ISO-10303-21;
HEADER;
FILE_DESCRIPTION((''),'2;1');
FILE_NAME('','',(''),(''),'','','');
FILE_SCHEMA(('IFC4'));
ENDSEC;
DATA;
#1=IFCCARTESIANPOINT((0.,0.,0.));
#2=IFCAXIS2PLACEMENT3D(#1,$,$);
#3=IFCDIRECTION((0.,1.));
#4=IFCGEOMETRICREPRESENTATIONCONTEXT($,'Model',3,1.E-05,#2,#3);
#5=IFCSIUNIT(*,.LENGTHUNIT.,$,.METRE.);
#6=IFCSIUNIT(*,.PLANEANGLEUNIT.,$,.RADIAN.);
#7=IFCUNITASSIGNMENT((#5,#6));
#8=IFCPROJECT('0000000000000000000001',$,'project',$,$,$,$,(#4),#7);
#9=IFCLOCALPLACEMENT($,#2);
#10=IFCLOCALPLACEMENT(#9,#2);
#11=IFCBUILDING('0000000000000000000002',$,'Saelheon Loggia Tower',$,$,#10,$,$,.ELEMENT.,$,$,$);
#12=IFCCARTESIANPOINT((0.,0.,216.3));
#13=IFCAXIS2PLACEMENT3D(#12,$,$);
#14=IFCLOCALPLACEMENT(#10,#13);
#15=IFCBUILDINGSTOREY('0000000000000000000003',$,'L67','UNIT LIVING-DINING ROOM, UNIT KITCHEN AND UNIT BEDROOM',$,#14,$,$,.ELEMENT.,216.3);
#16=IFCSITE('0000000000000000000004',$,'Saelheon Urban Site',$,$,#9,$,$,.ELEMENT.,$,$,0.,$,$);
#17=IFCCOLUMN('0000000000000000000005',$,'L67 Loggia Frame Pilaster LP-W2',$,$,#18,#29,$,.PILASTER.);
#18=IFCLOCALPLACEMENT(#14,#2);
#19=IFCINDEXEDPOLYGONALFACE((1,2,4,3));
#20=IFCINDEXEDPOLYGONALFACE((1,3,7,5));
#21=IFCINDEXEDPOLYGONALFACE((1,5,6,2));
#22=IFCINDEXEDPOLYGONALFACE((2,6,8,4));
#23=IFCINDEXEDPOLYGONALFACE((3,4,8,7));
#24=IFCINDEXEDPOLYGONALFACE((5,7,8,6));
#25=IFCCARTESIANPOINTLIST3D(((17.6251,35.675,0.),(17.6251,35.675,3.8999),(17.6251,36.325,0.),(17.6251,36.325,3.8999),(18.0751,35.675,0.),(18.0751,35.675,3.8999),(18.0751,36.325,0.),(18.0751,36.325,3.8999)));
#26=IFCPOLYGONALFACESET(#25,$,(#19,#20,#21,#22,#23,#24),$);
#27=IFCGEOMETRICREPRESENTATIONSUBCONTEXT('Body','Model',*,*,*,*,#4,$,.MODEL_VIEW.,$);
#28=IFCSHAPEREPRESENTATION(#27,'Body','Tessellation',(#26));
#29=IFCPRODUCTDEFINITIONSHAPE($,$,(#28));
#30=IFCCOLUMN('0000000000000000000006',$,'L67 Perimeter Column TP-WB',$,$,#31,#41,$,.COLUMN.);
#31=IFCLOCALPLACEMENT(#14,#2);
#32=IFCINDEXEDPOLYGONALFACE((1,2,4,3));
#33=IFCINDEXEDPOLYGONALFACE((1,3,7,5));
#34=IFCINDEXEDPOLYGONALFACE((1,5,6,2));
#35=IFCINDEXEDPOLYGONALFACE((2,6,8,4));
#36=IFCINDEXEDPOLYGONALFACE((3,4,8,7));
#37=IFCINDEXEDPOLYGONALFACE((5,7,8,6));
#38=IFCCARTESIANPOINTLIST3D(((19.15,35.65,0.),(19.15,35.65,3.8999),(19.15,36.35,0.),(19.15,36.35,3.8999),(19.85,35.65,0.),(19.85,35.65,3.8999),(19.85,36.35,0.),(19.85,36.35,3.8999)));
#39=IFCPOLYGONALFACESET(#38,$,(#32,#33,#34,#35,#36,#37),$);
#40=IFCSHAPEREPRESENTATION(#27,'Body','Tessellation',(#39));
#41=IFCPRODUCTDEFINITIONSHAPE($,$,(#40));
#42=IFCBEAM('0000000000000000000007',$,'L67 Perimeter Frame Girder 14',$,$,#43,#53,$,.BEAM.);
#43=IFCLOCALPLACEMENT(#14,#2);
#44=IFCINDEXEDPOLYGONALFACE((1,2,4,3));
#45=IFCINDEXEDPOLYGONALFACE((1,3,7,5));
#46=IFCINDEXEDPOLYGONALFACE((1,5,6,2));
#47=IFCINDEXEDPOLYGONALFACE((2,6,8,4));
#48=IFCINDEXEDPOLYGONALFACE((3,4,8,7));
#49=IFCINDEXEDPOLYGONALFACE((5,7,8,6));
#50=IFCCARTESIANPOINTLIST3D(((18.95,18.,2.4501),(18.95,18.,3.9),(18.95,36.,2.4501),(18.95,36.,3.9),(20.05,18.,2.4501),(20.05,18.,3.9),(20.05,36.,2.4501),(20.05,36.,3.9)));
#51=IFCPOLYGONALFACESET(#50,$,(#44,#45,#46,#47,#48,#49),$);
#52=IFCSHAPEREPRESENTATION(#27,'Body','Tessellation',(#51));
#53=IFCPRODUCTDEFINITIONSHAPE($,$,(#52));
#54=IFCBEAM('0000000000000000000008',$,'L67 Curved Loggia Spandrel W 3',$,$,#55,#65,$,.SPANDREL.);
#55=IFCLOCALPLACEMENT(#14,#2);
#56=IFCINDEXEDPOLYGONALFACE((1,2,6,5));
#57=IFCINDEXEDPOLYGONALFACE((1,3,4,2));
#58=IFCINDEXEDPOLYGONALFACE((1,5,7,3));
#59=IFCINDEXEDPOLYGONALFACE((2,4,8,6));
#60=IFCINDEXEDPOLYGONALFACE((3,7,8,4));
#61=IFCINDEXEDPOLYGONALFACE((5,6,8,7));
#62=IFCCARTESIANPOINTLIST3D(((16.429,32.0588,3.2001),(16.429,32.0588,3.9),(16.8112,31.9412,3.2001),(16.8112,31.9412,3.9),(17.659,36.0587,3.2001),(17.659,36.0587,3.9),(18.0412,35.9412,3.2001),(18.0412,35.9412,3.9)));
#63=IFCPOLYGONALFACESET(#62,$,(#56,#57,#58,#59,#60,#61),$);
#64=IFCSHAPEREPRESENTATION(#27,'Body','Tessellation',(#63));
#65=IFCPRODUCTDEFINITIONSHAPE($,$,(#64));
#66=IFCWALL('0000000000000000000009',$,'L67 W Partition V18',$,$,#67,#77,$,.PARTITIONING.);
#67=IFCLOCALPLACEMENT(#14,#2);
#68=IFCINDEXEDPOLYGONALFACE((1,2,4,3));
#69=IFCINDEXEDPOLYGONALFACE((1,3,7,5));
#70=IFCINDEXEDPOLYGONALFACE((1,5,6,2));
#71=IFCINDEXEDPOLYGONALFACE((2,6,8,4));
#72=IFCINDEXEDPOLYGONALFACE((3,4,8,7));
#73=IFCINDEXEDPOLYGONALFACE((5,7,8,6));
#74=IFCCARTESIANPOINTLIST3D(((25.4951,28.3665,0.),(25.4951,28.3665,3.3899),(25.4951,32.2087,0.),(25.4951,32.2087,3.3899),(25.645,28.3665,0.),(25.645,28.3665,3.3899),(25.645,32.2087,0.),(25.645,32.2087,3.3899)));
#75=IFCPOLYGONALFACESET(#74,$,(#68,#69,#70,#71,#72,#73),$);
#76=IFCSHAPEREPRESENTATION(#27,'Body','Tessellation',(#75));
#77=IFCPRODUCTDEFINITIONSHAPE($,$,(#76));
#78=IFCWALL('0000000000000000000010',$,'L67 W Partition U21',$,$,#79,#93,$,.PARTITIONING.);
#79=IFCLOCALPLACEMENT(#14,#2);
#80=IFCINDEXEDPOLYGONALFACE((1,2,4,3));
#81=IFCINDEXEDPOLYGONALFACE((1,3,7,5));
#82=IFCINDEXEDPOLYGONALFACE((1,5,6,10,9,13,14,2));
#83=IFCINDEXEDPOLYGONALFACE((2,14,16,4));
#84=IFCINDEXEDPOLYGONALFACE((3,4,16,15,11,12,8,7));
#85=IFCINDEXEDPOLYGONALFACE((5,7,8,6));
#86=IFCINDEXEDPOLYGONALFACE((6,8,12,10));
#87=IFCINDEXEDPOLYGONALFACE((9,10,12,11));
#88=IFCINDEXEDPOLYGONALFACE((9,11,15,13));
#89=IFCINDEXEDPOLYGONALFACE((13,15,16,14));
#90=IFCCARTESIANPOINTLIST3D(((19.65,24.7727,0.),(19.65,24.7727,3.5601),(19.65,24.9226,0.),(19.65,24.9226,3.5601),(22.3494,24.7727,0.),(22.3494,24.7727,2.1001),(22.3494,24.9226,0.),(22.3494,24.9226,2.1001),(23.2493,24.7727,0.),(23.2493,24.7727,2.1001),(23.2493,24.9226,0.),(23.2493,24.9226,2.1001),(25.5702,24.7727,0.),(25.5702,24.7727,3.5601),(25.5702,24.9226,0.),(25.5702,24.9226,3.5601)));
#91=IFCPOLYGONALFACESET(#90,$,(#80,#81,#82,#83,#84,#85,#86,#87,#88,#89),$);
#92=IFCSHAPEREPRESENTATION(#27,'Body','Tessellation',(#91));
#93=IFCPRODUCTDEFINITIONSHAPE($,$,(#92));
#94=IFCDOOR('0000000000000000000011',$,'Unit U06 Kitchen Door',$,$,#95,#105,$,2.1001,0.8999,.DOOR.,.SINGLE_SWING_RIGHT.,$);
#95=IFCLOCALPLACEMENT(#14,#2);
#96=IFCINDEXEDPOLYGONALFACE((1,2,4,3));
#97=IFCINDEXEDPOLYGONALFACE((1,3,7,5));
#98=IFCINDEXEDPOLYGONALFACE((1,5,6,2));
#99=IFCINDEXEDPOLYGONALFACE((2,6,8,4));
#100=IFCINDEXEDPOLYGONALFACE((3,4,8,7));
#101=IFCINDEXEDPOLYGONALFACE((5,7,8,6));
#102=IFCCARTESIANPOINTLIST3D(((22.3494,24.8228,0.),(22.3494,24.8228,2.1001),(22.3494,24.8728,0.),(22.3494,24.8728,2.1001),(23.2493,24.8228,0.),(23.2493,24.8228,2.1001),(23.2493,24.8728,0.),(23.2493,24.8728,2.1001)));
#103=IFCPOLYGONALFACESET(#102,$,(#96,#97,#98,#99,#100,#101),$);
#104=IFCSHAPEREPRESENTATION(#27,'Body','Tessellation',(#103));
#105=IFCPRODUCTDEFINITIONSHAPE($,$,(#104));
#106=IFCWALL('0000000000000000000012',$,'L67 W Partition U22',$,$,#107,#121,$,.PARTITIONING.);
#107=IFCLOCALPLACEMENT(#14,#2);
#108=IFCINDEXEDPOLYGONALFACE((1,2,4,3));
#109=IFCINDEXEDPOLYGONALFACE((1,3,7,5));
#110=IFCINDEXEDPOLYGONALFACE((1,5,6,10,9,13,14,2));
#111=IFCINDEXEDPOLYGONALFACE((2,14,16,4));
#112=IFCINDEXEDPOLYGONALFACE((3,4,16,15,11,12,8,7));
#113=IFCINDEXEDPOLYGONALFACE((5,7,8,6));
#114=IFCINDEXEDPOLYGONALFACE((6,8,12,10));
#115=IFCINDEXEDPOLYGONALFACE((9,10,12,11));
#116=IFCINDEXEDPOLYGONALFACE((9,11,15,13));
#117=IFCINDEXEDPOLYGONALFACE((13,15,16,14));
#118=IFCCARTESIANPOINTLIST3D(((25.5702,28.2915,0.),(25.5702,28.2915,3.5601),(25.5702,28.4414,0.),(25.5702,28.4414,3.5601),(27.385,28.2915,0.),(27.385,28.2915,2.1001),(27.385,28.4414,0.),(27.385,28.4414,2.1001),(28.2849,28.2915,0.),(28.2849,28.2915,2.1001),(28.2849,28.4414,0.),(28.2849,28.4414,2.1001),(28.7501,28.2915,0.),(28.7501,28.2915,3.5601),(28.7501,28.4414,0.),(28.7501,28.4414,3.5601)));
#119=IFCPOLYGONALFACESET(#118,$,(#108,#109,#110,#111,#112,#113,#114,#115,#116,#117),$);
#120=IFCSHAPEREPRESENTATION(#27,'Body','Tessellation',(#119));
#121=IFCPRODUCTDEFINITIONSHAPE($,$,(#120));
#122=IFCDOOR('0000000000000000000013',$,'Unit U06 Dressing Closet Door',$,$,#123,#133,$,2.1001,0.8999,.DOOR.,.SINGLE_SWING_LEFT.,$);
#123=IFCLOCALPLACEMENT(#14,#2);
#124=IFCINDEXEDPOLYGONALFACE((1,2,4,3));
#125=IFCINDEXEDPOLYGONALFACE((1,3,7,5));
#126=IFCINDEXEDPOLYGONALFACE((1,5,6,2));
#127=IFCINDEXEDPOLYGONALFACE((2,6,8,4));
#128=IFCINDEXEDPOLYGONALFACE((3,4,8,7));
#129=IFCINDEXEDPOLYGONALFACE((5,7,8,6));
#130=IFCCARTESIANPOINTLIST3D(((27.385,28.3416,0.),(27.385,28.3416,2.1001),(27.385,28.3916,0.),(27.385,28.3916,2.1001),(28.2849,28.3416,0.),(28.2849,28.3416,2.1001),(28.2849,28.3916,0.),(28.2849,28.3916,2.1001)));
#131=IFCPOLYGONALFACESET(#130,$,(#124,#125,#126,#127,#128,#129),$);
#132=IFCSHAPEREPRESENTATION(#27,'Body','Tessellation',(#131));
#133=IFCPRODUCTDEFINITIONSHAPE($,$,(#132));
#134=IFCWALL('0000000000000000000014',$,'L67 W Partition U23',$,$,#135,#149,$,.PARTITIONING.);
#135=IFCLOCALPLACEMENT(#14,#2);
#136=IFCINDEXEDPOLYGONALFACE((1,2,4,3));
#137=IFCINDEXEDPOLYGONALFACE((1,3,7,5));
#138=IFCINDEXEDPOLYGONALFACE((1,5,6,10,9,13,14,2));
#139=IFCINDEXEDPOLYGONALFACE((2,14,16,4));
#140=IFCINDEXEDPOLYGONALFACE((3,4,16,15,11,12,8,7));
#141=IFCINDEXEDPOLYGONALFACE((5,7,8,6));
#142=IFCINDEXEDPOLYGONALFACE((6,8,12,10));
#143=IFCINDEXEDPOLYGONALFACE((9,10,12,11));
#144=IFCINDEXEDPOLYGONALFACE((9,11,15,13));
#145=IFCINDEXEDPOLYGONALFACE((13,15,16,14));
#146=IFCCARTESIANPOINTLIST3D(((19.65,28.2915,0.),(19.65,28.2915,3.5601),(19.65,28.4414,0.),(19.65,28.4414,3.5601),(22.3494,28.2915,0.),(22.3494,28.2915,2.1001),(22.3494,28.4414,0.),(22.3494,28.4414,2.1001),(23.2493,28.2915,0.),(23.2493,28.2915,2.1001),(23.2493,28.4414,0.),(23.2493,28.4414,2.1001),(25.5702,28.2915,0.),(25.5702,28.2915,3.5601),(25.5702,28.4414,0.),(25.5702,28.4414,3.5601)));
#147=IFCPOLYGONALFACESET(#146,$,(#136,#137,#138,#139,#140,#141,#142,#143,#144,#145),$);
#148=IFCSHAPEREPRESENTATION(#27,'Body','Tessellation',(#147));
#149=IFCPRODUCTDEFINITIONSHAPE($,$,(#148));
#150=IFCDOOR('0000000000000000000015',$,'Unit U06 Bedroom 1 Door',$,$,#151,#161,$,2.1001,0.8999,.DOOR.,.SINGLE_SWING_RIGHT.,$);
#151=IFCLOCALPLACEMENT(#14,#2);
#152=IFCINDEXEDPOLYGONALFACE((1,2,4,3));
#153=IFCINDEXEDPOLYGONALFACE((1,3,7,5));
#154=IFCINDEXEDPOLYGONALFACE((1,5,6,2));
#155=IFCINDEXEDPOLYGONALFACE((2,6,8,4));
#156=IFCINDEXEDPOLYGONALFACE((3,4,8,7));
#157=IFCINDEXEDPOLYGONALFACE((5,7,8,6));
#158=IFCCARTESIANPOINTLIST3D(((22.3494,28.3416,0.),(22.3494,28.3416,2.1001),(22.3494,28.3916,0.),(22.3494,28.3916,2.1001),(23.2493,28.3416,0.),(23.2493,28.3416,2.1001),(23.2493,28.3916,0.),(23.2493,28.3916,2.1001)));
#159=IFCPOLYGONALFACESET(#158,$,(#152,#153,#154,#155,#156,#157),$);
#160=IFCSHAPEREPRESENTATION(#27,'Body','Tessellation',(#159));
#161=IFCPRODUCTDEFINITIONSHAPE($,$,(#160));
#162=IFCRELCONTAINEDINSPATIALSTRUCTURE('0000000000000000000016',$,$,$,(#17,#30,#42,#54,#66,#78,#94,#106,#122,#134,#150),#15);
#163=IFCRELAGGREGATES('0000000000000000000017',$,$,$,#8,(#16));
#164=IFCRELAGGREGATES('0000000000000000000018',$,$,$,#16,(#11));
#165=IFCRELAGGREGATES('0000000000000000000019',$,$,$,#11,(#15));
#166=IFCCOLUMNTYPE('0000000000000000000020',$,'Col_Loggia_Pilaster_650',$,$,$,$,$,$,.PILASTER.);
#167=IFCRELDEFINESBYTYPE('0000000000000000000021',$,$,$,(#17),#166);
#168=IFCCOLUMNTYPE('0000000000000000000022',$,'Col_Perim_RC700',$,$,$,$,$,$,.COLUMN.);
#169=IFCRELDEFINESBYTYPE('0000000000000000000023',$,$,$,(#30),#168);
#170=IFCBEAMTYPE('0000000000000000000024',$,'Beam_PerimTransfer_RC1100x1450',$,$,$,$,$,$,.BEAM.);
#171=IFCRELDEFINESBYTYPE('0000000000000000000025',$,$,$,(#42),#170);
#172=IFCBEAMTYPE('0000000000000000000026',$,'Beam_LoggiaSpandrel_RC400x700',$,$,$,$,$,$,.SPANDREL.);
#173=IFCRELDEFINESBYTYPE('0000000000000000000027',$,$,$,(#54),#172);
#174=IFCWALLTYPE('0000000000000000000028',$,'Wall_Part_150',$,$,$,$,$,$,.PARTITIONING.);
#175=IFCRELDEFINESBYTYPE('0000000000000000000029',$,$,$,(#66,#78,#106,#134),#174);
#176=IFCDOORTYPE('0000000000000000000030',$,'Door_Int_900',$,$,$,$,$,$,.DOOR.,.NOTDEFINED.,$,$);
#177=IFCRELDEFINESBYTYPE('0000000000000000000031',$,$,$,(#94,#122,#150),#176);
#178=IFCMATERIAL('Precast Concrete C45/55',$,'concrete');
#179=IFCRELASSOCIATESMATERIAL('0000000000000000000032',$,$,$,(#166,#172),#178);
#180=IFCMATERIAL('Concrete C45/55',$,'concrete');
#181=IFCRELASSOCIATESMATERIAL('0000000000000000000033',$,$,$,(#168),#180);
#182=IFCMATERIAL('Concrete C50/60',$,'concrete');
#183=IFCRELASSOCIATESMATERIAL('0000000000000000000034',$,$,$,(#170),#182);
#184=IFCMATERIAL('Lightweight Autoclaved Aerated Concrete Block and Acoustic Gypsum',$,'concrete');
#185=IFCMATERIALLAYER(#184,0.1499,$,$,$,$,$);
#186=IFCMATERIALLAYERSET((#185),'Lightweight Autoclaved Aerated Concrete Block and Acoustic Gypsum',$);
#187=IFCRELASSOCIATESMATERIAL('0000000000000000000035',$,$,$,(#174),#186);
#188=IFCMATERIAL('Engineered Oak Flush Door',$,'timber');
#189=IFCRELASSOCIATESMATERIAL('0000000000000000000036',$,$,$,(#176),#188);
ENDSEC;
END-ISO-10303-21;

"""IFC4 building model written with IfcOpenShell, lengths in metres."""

from ifc_helpers import new_model, si_unit, direction, frame, frame_2d, origin, origin_2d, place, context, subcontext, project, spatial, rectangle, extrude, source, transform, mapped, material, layer, layer_set, material_profile, profile_set, type_object, element, fill, save


model = new_model("IFC4")

# Units and contexts
model_context = context("Model", 3, precision=1e-05, world=origin(), true_north=direction((0.0, 1.0)))
body_context = subcontext(model_context, "Body", "Model", "MODEL_VIEW")
ifc_project = project(units=[si_unit("LENGTHUNIT", "METRE"), si_unit("PLANEANGLEUNIT", "RADIAN")], contexts=[model_context])

# Site, building, storey
site_placement = place(None, origin())
site = spatial("IfcSite", under=ifc_project, at=site_placement, Name="Saelheon Urban Site", CompositionType="ELEMENT", RefElevation=0.0)
building_placement = place(site_placement, origin())
building = spatial("IfcBuilding", under=site, at=building_placement, Name="Saelheon Loggia Tower", CompositionType="ELEMENT")
storey_placement = place(building_placement, frame((0.0, 0.0, 216.3)))
storey = spatial("IfcBuildingStorey", under=building, at=storey_placement, Name="L67", Description="UNIT LIVING-DINING ROOM, UNIT KITCHEN AND UNIT BEDROOM", CompositionType="ELEMENT", Elevation=216.3)

# Columns
ifc_material_1 = material(Name="Precast Concrete C45/55", Category="concrete")
ifc_material_profile_1 = material_profile(ifc_material_1, rectangle(XDim=0.45, YDim=0.6499, at=origin_2d()), Name="RC-450x650")
ifc_profile_set_1 = profile_set([ifc_material_profile_1], Name="Precast Concrete C45/55")
column_type_1 = type_object("IfcColumnType", Name="Col_Loggia_Pilaster_650", PredefinedType="PILASTER", material=ifc_profile_set_1)
shared_shape_1 = source(origin(), body_context, "Body", "SweptSolid", [
    extrude(rectangle(XDim=0.45, YDim=0.6499, at=origin_2d()), origin(), (0.0, 0.0, 1.0), 3.8999),
])
column_1_placement = place(storey_placement, frame((17.8501, 36.0, 0.0), z_axis=(0.0, 0.0, 1.0), x_axis=(1.0, 0.0, 0.0)))
element("IfcColumn", 1, at=column_1_placement, inside=storey, type_object=column_type_1, Name="L67 Loggia Frame Pilaster LP-W2", PredefinedType="PILASTER", context=body_context, shape_type="MappedRepresentation", body=[
    mapped(shared_shape_1, transform((0.0, 0.0, 0.0), scale=1.0)),
])
ifc_material_2 = material(Name="Concrete C45/55", Category="concrete")
ifc_material_profile_2 = material_profile(ifc_material_2, rectangle(XDim=0.7, YDim=0.7, at=origin_2d()), Name="RC-700x700")
ifc_profile_set_2 = profile_set([ifc_material_profile_2], Name="Concrete C45/55")
column_type_2 = type_object("IfcColumnType", Name="Col_Perim_RC700", PredefinedType="COLUMN", material=ifc_profile_set_2)
shared_shape_2 = source(origin(), body_context, "Body", "SweptSolid", [
    extrude(rectangle(XDim=0.7, YDim=0.7, at=origin_2d()), origin(), (0.0, 0.0, 1.0), 3.8999),
])
column_2_placement = place(storey_placement, frame((19.5, 36.0, 0.0), z_axis=(0.0, 0.0, 1.0), x_axis=(1.0, 0.0, 0.0)))
element("IfcColumn", 2, at=column_2_placement, inside=storey, type_object=column_type_2, Name="L67 Perimeter Column TP-WB", PredefinedType="COLUMN", context=body_context, shape_type="MappedRepresentation", body=[
    mapped(shared_shape_2, transform((0.0, 0.0, 0.0), scale=1.0)),
])

# Beams
ifc_material_3 = material(Name="Concrete C50/60", Category="concrete")
ifc_material_profile_3 = material_profile(ifc_material_3, rectangle(XDim=1.1001, YDim=1.45, at=origin_2d()), Name="RC-1100x1450")
ifc_profile_set_3 = profile_set([ifc_material_profile_3], Name="Concrete C50/60")
beam_type_1 = type_object("IfcBeamType", Name="Beam_PerimTransfer_RC1100x1450", PredefinedType="BEAM", material=ifc_profile_set_3)
shared_shape_3 = source(origin(), body_context, "Body", "SweptSolid", [
    extrude(rectangle(XDim=1.1001, YDim=1.45, at=origin_2d()), origin(), (0.0, 0.0, 1.0), 18.0),
])
beam_1_placement = place(storey_placement, frame((19.5, 36.0, 3.175), z_axis=(0.0, -1.0, 0.0), x_axis=(1.0, 0.0, 0.0)))
element("IfcBeam", 3, at=beam_1_placement, inside=storey, type_object=beam_type_1, Name="L67 Perimeter Frame Girder 14", PredefinedType="BEAM", context=body_context, shape_type="MappedRepresentation", body=[
    mapped(shared_shape_3, transform((0.0, 0.0, 0.0), scale=1.0)),
])
ifc_material_profile_4 = material_profile(ifc_material_1, rectangle(XDim=0.3999, YDim=0.7, at=origin_2d()), Name="RC-400x700")
ifc_profile_set_4 = profile_set([ifc_material_profile_4], Name="Precast Concrete C45/55")
beam_type_2 = type_object("IfcBeamType", Name="Beam_LoggiaSpandrel_RC400x700", PredefinedType="SPANDREL", material=ifc_profile_set_4)
shared_shape_4 = source(origin(), body_context, "Body", "SweptSolid", [
    extrude(rectangle(XDim=0.3999, YDim=0.7, at=origin_2d()), origin(), (0.0, 0.0, 1.0), 4.1848),
])
beam_2_placement = place(storey_placement, frame((16.6201, 32.0, 3.55), z_axis=(0.293914, 0.955832, 0.0), x_axis=(-0.955832, 0.293914, 0.0)))
element("IfcBeam", 4, at=beam_2_placement, inside=storey, type_object=beam_type_2, Name="L67 Curved Loggia Spandrel W 3", PredefinedType="SPANDREL", context=body_context, shape_type="MappedRepresentation", body=[
    mapped(shared_shape_4, transform((0.0, 0.0, 0.0), scale=1.0)),
])

# Wall
ifc_material_4 = material(Name="Lightweight Autoclaved Aerated Concrete Block and Acoustic Gypsum", Category="concrete")
ifc_layer_1 = layer(ifc_material_4, 0.1499)
ifc_layer_set_1 = layer_set([ifc_layer_1], Name="Lightweight Autoclaved Aerated Concrete Block and Acoustic Gypsum")
wall_type_1 = type_object("IfcWallType", Name="Wall_Part_150", PredefinedType="PARTITIONING", material=ifc_layer_set_1)
wall_1_placement = place(storey_placement, frame((25.5701, 28.3665, 0.0), z_axis=(0.0, 0.0, 1.0), x_axis=(0.0, 1.0, 0.0)))
element("IfcWall", 5, at=wall_1_placement, inside=storey, type_object=wall_type_1, Name="L67 W Partition V18", PredefinedType="PARTITIONING", context=body_context, shape_type="SweptSolid", body=[
    extrude(rectangle(XDim=3.8423, YDim=0.1499, at=frame_2d((1.9211, 0.0))), origin(), (0.0, 0.0, 1.0), 3.3899),
])

# Walls, openings, doors
wall_2_placement = place(storey_placement, frame((25.5701, 24.8477, 0.0), z_axis=(0.0, 0.0, 1.0), x_axis=(-1.0, 0.0, 0.0)))
wall_2 = element("IfcWall", 6, at=wall_2_placement, inside=storey, type_object=wall_type_1, Name="L67 W Partition U21", PredefinedType="PARTITIONING", context=body_context, shape_type="SweptSolid", body=[
    extrude(rectangle(XDim=5.9202, YDim=0.1499, at=frame_2d((2.96, 0.0))), origin(), (0.0, 0.0, 1.0), 3.5601),
])
opening_1_placement = place(wall_2_placement, frame((2.3208, 0.0, 0.0)))
opening_1 = element("IfcOpeningElement", 7, at=opening_1_placement, cuts=wall_2, PredefinedType="OPENING", context=body_context, shape_type="SweptSolid", body=[
    extrude(rectangle(XDim=0.8999, YDim=2.1001, at=frame_2d((0.45, 1.05))), frame((0.0, 0.0869, 0.0), z_axis=(0.0, -1.0, 0.0), x_axis=(1.0, 0.0, 0.0)), (0.0, 0.0, 1.0), 0.1738),
])
ifc_material_5 = material(Name="Engineered Oak Flush Door", Category="timber")
door_type_1 = type_object("IfcDoorType", Name="Door_Int_900", OperationType="NOTDEFINED", PredefinedType="DOOR", material=ifc_material_5)
shared_shape_5 = source(origin(), body_context, "Body", "SweptSolid", [
    extrude(rectangle(XDim=0.8999, YDim=2.1001, at=frame_2d((0.45, 1.05))), frame((0.0, 0.0249, 0.0), z_axis=(0.0, -1.0, 0.0), x_axis=(1.0, 0.0, 0.0)), (0.0, 0.0, 1.0), 0.05),
])
door_1_placement = place(opening_1_placement, origin())
door_1 = element("IfcDoor", 8, at=door_1_placement, inside=storey, type_object=door_type_1, Name="Unit U06 Kitchen Door", OperationType="SINGLE_SWING_RIGHT", OverallHeight=2.1001, OverallWidth=0.8999, PredefinedType="DOOR", context=body_context, shape_type="MappedRepresentation", body=[
    mapped(shared_shape_5, transform((0.0, 0.0, 0.0), scale=1.0)),
])
fill(opening_1, door_1)
wall_3_placement = place(storey_placement, frame((28.75, 28.3665, 0.0), z_axis=(0.0, 0.0, 1.0), x_axis=(-1.0, 0.0, 0.0)))
wall_3 = element("IfcWall", 9, at=wall_3_placement, inside=storey, type_object=wall_type_1, Name="L67 W Partition U22", PredefinedType="PARTITIONING", context=body_context, shape_type="SweptSolid", body=[
    extrude(rectangle(XDim=3.1799, YDim=0.1499, at=frame_2d((1.5898, 0.0))), origin(), (0.0, 0.0, 1.0), 3.5601),
])
opening_2_placement = place(wall_3_placement, frame((0.4651, 0.0, 0.0)))
opening_2 = element("IfcOpeningElement", 10, at=opening_2_placement, cuts=wall_3, PredefinedType="OPENING", context=body_context, shape_type="SweptSolid", body=[
    extrude(rectangle(XDim=0.8999, YDim=2.1001, at=frame_2d((0.45, 1.05))), frame((0.0, 0.0869, 0.0), z_axis=(0.0, -1.0, 0.0), x_axis=(1.0, 0.0, 0.0)), (0.0, 0.0, 1.0), 0.1738),
])
door_2_placement = place(opening_2_placement, origin())
door_2 = element("IfcDoor", 11, at=door_2_placement, inside=storey, type_object=door_type_1, Name="Unit U06 Dressing Closet Door", OperationType="SINGLE_SWING_LEFT", OverallHeight=2.1001, OverallWidth=0.8999, PredefinedType="DOOR", context=body_context, shape_type="MappedRepresentation", body=[
    mapped(shared_shape_5, transform((0.0, 0.0, 0.0), scale=1.0)),
])
fill(opening_2, door_2)
wall_4_placement = place(storey_placement, frame((25.5701, 28.3665, 0.0), z_axis=(0.0, 0.0, 1.0), x_axis=(-1.0, 0.0, 0.0)))
wall_4 = element("IfcWall", 12, at=wall_4_placement, inside=storey, type_object=wall_type_1, Name="L67 W Partition U23", PredefinedType="PARTITIONING", context=body_context, shape_type="SweptSolid", body=[
    extrude(rectangle(XDim=5.9202, YDim=0.1499, at=frame_2d((2.96, 0.0))), origin(), (0.0, 0.0, 1.0), 3.5601),
])
opening_3_placement = place(wall_4_placement, frame((2.3208, 0.0, 0.0)))
opening_3 = element("IfcOpeningElement", 13, at=opening_3_placement, cuts=wall_4, PredefinedType="OPENING", context=body_context, shape_type="SweptSolid", body=[
    extrude(rectangle(XDim=0.8999, YDim=2.1001, at=frame_2d((0.45, 1.05))), frame((0.0, 0.0869, 0.0), z_axis=(0.0, -1.0, 0.0), x_axis=(1.0, 0.0, 0.0)), (0.0, 0.0, 1.0), 0.1738),
])
door_3_placement = place(opening_3_placement, origin())
door_3 = element("IfcDoor", 14, at=door_3_placement, inside=storey, type_object=door_type_1, Name="Unit U06 Bedroom 1 Door", OperationType="SINGLE_SWING_RIGHT", OverallHeight=2.1001, OverallWidth=0.8999, PredefinedType="DOOR", context=body_context, shape_type="MappedRepresentation", body=[
    mapped(shared_shape_5, transform((0.0, 0.0, 0.0), scale=1.0)),
])
fill(opening_3, door_3)

save(model, "model.ifc")
